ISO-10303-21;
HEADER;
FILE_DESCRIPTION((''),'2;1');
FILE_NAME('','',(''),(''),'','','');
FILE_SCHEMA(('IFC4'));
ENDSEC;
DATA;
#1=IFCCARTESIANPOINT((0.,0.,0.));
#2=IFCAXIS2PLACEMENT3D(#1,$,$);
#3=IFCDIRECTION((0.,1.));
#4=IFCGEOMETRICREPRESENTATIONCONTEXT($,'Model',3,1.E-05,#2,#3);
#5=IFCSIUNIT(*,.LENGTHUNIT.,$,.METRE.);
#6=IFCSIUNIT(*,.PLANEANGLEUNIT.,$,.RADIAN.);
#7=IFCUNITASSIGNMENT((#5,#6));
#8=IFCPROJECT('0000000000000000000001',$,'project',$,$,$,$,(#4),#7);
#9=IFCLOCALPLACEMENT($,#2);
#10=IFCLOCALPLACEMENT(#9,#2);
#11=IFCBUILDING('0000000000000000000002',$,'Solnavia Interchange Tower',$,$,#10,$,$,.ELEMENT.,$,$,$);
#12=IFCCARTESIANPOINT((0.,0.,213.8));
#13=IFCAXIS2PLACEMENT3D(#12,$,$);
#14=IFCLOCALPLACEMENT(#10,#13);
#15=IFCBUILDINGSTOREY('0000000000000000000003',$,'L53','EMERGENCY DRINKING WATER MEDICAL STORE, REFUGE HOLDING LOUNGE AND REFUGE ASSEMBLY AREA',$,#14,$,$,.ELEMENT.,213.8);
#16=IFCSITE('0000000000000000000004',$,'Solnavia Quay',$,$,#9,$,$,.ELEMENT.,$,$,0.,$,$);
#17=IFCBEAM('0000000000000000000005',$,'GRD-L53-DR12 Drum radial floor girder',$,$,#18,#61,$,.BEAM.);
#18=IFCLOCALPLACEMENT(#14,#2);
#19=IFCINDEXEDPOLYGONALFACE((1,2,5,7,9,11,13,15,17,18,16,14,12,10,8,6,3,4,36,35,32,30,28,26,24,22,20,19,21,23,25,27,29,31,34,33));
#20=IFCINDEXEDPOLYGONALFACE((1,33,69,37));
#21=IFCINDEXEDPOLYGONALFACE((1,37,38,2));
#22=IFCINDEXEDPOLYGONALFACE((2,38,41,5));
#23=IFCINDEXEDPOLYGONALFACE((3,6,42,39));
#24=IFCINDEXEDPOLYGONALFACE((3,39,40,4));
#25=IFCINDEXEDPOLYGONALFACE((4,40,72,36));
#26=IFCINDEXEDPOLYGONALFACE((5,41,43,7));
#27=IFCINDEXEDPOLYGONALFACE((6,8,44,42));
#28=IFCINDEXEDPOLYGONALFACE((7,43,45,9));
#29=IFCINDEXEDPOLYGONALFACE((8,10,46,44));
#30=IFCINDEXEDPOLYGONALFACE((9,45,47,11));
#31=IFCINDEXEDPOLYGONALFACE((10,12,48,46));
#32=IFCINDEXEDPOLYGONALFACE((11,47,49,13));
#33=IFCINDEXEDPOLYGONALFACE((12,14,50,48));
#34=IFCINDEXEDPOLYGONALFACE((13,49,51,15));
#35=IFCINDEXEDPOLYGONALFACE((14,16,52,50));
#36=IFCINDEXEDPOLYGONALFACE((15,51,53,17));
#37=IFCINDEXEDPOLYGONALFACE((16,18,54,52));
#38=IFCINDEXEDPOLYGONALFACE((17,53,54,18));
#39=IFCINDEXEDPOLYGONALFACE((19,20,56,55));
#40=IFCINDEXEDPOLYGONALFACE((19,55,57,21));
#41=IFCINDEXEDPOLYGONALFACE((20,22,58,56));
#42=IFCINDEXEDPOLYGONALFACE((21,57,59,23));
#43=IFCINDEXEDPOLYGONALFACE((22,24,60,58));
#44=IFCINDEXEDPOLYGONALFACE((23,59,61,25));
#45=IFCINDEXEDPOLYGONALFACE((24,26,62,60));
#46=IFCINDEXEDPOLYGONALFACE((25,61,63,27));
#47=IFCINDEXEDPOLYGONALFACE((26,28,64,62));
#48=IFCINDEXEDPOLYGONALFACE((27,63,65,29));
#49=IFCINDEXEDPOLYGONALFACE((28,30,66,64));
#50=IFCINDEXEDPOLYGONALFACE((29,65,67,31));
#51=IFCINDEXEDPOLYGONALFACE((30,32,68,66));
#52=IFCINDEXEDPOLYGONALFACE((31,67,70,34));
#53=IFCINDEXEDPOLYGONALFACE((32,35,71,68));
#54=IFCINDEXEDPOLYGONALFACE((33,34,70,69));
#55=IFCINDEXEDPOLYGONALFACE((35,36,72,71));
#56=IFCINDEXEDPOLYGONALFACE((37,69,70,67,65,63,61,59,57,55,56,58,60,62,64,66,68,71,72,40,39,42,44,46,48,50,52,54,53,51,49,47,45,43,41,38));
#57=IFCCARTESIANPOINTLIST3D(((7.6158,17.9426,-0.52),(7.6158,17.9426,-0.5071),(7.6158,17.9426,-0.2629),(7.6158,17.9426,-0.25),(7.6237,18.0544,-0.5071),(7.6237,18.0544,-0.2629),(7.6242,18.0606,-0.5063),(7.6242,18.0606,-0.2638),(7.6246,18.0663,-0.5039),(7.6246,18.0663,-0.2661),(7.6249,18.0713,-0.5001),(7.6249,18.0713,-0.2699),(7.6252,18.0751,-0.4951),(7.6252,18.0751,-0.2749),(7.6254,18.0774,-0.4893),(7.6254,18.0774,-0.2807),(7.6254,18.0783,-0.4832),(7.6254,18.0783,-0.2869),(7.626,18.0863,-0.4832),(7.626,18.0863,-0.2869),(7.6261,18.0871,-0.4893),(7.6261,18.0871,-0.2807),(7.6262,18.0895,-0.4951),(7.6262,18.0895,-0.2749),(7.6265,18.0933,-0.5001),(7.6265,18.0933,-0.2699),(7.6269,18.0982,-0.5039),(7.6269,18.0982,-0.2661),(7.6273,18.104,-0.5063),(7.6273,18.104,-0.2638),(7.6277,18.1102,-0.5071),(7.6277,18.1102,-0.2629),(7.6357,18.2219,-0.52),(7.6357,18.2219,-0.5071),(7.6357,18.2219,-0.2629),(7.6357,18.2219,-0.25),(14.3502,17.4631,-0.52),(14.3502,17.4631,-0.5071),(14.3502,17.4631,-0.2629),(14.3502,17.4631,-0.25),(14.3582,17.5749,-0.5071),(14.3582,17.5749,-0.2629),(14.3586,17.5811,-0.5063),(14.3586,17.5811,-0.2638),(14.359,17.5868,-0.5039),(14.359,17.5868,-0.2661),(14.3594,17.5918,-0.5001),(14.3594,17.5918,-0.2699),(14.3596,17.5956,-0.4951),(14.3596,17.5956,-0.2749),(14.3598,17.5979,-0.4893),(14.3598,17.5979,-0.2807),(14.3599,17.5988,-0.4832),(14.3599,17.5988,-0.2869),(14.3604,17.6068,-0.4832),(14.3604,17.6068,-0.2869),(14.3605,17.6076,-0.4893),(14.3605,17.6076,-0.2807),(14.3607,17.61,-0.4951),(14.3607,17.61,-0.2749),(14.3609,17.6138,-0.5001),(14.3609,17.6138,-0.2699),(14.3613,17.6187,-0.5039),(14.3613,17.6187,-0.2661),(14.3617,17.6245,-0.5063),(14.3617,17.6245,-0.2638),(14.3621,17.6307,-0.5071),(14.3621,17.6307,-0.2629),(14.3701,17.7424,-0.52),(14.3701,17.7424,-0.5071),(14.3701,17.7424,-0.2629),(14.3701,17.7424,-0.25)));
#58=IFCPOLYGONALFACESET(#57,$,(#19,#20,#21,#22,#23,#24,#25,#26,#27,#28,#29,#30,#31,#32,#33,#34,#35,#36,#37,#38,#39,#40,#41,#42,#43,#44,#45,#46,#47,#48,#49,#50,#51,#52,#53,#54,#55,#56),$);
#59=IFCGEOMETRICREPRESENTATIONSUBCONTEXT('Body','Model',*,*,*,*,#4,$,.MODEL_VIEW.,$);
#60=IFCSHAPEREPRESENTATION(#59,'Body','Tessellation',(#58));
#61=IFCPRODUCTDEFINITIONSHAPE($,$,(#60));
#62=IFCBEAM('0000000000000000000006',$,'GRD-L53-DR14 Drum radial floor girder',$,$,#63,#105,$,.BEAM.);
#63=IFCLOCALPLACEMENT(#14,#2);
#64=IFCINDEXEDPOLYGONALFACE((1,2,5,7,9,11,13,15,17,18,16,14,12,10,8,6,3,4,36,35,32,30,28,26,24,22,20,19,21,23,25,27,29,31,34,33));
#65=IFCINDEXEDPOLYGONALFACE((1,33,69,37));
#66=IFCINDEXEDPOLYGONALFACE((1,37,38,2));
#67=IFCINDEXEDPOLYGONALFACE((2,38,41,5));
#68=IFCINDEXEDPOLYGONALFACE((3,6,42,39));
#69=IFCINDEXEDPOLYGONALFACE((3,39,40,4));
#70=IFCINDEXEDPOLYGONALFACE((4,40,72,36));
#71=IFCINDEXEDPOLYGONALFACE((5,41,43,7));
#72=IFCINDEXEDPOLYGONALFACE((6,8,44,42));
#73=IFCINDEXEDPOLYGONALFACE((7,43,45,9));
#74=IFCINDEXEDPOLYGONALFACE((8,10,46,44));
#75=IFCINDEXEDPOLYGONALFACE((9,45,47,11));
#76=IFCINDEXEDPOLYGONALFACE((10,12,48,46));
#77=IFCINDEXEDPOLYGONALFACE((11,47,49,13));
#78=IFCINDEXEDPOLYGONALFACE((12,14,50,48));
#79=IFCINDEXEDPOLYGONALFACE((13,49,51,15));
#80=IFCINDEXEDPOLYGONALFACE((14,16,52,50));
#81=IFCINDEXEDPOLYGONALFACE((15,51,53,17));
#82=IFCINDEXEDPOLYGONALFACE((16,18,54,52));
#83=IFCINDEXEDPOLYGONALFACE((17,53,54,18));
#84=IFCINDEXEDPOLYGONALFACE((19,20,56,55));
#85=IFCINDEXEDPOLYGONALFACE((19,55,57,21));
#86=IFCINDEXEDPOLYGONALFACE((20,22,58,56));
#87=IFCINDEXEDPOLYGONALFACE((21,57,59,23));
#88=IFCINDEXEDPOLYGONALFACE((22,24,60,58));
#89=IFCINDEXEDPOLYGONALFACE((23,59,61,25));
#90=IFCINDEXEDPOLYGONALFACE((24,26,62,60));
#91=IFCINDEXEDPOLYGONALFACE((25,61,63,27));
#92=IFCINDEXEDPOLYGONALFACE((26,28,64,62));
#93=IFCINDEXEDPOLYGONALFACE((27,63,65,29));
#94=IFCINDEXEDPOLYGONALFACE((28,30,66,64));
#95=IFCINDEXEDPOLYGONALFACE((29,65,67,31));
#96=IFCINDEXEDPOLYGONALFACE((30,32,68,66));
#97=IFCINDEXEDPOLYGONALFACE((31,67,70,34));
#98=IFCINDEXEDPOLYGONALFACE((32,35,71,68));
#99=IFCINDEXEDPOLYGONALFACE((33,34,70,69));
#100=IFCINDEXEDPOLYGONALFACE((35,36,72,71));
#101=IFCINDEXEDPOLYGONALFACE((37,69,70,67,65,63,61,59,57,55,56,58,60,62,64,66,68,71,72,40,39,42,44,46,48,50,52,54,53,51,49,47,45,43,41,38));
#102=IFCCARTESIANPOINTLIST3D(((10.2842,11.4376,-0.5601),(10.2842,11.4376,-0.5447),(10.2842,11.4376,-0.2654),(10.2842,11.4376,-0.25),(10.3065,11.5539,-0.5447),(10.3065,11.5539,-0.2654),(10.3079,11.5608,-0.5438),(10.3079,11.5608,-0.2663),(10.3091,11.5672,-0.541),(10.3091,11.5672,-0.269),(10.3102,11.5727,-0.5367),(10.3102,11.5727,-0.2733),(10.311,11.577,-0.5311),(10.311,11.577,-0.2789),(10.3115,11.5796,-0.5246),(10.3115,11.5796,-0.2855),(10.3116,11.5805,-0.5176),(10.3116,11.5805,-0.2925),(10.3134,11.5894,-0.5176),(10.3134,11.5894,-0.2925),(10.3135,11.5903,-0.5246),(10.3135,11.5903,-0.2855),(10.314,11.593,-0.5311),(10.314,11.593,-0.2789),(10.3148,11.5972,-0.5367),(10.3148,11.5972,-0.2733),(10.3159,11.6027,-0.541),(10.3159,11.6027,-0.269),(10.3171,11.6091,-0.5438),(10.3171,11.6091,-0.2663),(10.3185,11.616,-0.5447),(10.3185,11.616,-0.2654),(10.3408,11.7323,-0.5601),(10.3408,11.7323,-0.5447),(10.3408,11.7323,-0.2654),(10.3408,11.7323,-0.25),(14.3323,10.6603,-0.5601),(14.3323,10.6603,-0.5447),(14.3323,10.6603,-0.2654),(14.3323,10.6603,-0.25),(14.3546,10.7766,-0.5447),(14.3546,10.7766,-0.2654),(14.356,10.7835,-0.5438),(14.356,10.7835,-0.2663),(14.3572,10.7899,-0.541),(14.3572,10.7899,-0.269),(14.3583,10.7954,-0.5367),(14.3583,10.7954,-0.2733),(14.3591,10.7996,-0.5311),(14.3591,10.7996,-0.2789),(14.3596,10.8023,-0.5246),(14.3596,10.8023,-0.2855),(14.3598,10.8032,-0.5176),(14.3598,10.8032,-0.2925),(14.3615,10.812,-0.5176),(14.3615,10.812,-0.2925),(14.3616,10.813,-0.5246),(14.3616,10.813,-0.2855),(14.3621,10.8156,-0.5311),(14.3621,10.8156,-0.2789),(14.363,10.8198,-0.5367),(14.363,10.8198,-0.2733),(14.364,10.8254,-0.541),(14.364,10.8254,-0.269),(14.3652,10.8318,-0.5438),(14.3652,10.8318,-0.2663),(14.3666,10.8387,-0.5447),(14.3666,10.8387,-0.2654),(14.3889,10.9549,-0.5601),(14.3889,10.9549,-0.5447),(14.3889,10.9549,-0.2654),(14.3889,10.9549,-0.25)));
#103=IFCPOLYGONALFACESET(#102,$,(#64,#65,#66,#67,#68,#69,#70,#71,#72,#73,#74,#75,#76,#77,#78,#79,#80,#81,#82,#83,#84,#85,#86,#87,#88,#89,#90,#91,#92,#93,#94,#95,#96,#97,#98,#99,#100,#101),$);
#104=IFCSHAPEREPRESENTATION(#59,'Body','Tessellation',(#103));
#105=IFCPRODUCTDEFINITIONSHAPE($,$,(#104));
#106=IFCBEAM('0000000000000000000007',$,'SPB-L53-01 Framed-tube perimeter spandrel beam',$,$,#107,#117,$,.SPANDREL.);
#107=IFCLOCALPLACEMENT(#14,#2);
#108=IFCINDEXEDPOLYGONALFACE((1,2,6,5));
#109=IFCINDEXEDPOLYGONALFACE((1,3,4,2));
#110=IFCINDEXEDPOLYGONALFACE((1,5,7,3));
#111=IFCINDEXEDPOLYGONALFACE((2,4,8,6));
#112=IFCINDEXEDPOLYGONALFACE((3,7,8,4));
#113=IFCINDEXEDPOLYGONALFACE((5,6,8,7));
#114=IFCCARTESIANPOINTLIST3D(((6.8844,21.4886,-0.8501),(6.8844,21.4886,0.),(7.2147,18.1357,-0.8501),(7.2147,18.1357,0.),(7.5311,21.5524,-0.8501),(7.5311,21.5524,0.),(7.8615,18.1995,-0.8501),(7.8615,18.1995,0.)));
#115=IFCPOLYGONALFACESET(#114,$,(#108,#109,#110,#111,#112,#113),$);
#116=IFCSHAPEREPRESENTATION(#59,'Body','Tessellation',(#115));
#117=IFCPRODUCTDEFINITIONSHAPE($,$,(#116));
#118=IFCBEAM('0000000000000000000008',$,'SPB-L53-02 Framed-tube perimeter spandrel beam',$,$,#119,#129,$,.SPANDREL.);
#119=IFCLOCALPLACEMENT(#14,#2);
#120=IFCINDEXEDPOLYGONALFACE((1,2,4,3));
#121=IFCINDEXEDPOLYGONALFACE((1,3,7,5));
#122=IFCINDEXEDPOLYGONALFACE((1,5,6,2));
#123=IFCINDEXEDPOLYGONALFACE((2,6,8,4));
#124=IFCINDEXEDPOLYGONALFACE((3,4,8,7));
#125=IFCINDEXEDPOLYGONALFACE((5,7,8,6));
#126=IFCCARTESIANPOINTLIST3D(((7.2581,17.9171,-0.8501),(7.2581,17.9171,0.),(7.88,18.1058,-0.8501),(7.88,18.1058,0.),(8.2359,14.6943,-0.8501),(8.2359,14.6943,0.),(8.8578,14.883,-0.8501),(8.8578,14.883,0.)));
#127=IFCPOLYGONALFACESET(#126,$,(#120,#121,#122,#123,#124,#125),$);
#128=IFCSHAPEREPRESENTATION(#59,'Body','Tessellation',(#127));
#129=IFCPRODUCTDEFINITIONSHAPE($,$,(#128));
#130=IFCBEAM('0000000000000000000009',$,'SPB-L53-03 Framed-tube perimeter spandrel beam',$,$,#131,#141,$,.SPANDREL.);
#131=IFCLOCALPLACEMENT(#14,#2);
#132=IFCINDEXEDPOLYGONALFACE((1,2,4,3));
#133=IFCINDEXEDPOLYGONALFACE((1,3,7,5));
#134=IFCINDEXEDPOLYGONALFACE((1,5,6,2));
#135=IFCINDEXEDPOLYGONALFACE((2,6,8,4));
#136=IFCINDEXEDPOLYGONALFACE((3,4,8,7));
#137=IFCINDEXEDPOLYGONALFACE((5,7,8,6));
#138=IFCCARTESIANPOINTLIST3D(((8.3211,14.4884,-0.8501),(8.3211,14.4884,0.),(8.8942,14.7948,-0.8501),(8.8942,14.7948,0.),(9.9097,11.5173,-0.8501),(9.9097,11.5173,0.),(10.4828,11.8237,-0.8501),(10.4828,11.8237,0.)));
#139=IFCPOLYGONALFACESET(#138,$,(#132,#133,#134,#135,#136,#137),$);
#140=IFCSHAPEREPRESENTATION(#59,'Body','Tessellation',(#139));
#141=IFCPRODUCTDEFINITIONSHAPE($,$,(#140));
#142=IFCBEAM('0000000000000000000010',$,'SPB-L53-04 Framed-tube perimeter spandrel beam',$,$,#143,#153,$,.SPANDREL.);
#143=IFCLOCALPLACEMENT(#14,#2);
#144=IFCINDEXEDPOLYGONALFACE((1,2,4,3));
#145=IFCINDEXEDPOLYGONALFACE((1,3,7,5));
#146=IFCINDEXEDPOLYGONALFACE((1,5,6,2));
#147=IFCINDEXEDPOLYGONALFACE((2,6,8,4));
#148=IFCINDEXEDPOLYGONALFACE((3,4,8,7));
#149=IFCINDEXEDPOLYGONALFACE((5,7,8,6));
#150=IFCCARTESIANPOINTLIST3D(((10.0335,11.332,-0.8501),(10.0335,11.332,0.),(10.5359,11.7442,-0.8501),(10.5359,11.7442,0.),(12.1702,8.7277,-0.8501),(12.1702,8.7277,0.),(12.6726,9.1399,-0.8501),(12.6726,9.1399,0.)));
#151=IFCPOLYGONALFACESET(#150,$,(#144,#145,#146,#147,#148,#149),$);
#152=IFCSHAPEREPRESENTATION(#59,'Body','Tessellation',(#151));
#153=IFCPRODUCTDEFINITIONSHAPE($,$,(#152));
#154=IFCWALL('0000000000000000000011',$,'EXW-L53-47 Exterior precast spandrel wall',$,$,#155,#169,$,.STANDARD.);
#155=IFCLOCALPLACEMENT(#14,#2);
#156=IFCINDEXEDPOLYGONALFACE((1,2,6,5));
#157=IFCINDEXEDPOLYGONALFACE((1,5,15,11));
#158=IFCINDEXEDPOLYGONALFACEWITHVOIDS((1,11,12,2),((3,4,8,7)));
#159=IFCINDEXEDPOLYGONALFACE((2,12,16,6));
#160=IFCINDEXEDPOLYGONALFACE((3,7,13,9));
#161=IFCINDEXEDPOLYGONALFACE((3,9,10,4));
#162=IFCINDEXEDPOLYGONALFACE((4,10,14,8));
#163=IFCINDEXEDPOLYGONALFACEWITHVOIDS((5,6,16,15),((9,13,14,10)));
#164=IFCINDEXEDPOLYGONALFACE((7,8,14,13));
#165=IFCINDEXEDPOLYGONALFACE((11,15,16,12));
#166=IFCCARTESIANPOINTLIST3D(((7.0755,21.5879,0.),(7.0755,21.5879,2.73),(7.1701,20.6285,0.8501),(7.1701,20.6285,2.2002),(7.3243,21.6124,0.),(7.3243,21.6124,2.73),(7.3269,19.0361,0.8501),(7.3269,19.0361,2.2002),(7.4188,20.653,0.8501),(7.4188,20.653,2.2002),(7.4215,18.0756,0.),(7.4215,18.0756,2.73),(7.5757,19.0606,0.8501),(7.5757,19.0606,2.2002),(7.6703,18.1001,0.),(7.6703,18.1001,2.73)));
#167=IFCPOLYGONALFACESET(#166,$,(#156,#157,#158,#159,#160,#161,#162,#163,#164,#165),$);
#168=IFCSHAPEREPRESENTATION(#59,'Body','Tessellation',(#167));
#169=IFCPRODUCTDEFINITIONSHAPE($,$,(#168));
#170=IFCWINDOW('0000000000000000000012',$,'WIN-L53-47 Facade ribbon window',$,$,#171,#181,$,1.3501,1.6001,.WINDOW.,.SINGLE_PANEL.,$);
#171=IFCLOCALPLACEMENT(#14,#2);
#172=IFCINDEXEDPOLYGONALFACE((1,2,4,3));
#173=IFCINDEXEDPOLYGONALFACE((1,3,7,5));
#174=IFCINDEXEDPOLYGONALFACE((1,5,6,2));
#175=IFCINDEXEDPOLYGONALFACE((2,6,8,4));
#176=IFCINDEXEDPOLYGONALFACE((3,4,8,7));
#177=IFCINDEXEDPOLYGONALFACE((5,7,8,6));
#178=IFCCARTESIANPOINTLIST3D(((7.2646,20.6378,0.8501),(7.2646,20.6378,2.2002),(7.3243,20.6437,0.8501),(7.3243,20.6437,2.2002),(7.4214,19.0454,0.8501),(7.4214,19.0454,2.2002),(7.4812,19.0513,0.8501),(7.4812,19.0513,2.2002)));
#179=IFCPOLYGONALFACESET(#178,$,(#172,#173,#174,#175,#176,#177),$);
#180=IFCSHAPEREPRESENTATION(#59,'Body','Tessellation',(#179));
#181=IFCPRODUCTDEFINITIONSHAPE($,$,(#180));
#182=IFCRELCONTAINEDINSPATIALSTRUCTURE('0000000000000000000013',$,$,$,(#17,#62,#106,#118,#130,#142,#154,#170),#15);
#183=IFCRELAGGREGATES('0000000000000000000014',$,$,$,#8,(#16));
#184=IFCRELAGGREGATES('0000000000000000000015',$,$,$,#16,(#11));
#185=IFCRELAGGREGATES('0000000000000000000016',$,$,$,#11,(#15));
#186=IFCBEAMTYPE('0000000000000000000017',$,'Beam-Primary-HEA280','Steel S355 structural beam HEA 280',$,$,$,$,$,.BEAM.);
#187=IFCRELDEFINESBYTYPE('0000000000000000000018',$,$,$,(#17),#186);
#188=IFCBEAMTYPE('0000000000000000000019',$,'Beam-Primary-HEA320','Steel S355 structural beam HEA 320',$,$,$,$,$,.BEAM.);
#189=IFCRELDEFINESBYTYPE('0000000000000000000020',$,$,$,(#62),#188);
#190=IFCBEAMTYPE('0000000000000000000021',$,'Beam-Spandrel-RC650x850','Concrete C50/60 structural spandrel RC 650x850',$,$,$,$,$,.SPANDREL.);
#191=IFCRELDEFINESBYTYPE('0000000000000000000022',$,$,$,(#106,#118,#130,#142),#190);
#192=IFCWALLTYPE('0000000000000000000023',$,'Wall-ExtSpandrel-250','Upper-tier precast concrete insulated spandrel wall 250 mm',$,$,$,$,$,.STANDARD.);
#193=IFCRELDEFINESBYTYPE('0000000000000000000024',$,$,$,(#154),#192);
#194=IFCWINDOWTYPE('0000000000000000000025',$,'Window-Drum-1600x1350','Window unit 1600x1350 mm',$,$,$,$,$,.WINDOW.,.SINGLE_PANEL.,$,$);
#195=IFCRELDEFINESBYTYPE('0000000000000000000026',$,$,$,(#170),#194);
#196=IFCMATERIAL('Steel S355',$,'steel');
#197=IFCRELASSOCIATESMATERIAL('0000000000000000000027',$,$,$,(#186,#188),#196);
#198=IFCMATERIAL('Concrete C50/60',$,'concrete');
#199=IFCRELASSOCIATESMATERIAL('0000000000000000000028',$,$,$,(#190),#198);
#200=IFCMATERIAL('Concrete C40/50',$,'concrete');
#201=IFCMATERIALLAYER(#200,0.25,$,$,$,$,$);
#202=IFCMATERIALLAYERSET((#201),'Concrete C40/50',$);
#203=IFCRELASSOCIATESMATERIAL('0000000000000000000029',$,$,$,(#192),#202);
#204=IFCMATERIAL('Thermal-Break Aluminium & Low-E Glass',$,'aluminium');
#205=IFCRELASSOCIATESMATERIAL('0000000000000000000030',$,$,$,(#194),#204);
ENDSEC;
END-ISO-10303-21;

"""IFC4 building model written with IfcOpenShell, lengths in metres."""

from ifc_helpers import new_model, si_unit, direction, frame, frame_2d, origin, origin_2d, place, context, subcontext, project, spatial, rectangle, i_section, extrude, material, layer, layer_set, material_profile, profile_set, type_object, element, fill, save


model = new_model("IFC4")

# Units and contexts
model_context = context("Model", 3, precision=1e-05, world=origin(), true_north=direction((0.0, 1.0)))
body_context = subcontext(model_context, "Body", "Model", "MODEL_VIEW")
ifc_project = project(units=[si_unit("LENGTHUNIT", "METRE"), si_unit("PLANEANGLEUNIT", "RADIAN")], contexts=[model_context])

# Site, building, storey
site_placement = place(None, origin())
site = spatial("IfcSite", under=ifc_project, at=site_placement, Name="Solnavia Quay", CompositionType="ELEMENT", RefElevation=0.0)
building_placement = place(site_placement, origin())
building = spatial("IfcBuilding", under=site, at=building_placement, Name="Solnavia Interchange Tower", CompositionType="ELEMENT")
storey_placement = place(building_placement, frame((0.0, 0.0, 213.8)))
storey = spatial("IfcBuildingStorey", under=building, at=storey_placement, Name="L53", Description="EMERGENCY DRINKING WATER MEDICAL STORE, REFUGE HOLDING LOUNGE AND REFUGE ASSEMBLY AREA", CompositionType="ELEMENT", Elevation=213.8)

# Shared definitions
ifc_material_1 = material(Name="Concrete C50/60", Category="concrete")

# Beams
ifc_material_2 = material(Name="Steel S355", Category="steel")
ifc_material_profile_1 = material_profile(ifc_material_2, i_section(OverallWidth=0.28, OverallDepth=0.27, WebThickness=0.0081, FlangeThickness=0.0129, FilletRadius=0.0239, at=origin_2d()), Name="HEA 280")
ifc_profile_set_1 = profile_set([ifc_material_profile_1], Name="Steel S355")
beam_type_1 = type_object("IfcBeamType", Name="Beam-Primary-HEA280", Description="Steel S355 structural beam HEA 280", PredefinedType="BEAM", material=ifc_profile_set_1)
beam_1_placement = place(storey_placement, frame((7.6257, 18.0823, -0.385), z_axis=(0.997475, -0.071021, 0.0), x_axis=(0.071021, 0.997475, 0.0)))
element("IfcBeam", 1, at=beam_1_placement, inside=storey, type_object=beam_type_1, Name="GRD-L53-DR12 Drum radial floor girder", PredefinedType="BEAM", context=body_context, shape_type="SweptSolid", body=[
    extrude(i_section(OverallWidth=0.28, OverallDepth=0.27, WebThickness=0.0081, FlangeThickness=0.0129, FilletRadius=0.0239, at=origin_2d()), origin(), (0.0, 0.0, 1.0), 6.7515),
])
ifc_material_profile_2 = material_profile(ifc_material_2, i_section(OverallWidth=0.3, OverallDepth=0.3101, WebThickness=0.009, FlangeThickness=0.0154, FilletRadius=0.0271, at=origin_2d()), Name="HEA 320")
ifc_profile_set_2 = profile_set([ifc_material_profile_2], Name="Steel S355")
beam_type_2 = type_object("IfcBeamType", Name="Beam-Primary-HEA320", Description="Steel S355 structural beam HEA 320", PredefinedType="BEAM", material=ifc_profile_set_2)
beam_2_placement = place(storey_placement, frame((10.3125, 11.585, -0.405), z_axis=(0.982058, -0.188582, 0.0), x_axis=(0.188582, 0.982058, 0.0)))
element("IfcBeam", 2, at=beam_2_placement, inside=storey, type_object=beam_type_2, Name="GRD-L53-DR14 Drum radial floor girder", PredefinedType="BEAM", context=body_context, shape_type="SweptSolid", body=[
    extrude(i_section(OverallWidth=0.3, OverallDepth=0.3101, WebThickness=0.009, FlangeThickness=0.0154, FilletRadius=0.0271, at=origin_2d()), origin(), (0.0, 0.0, 1.0), 4.1221),
])
ifc_material_profile_3 = material_profile(ifc_material_1, rectangle(XDim=0.6499, YDim=0.8501, at=origin_2d()), Name="RC 650x850")
ifc_profile_set_3 = profile_set([ifc_material_profile_3], Name="Concrete C50/60")
beam_type_3 = type_object("IfcBeamType", Name="Beam-Spandrel-RC650x850", Description="Concrete C50/60 structural spandrel RC 650x850", PredefinedType="SPANDREL", material=ifc_profile_set_3)
beam_3_placement = place(storey_placement, frame((7.2078, 21.5205, -0.425), z_axis=(0.09804, -0.995182, 0.0), x_axis=(0.995182, 0.09804, 0.0)))
element("IfcBeam", 3, at=beam_3_placement, inside=storey, type_object=beam_type_3, Name="SPB-L53-01 Framed-tube perimeter spandrel beam", PredefinedType="SPANDREL", context=body_context, shape_type="SweptSolid", body=[
    extrude(rectangle(XDim=0.6499, YDim=0.8501, at=origin_2d()), origin(), (0.0, 0.0, 1.0), 3.3691),
])
beam_4_placement = place(storey_placement, frame((7.5691, 18.0115, -0.425), z_axis=(0.290319, -0.95693, 0.0), x_axis=(0.95693, 0.290319, 0.0)))
element("IfcBeam", 4, at=beam_4_placement, inside=storey, type_object=beam_type_3, Name="SPB-L53-02 Framed-tube perimeter spandrel beam", PredefinedType="SPANDREL", context=body_context, shape_type="SweptSolid", body=[
    extrude(rectangle(XDim=0.6499, YDim=0.8501, at=origin_2d()), origin(), (0.0, 0.0, 1.0), 3.3679),
])
beam_5_placement = place(storey_placement, frame((8.6077, 14.6416, -0.425), z_axis=(0.471509, -0.881861, 0.0), x_axis=(0.881861, 0.471509, 0.0)))
element("IfcBeam", 5, at=beam_5_placement, inside=storey, type_object=beam_type_3, Name="SPB-L53-03 Framed-tube perimeter spandrel beam", PredefinedType="SPANDREL", context=body_context, shape_type="SweptSolid", body=[
    extrude(rectangle(XDim=0.6499, YDim=0.8501, at=origin_2d()), origin(), (0.0, 0.0, 1.0), 3.3691),
])
beam_6_placement = place(storey_placement, frame((10.2847, 11.5381, -0.425), z_axis=(0.634299, -0.773088, 0.0), x_axis=(0.773088, 0.634299, 0.0)))
element("IfcBeam", 6, at=beam_6_placement, inside=storey, type_object=beam_type_3, Name="SPB-L53-04 Framed-tube perimeter spandrel beam", PredefinedType="SPANDREL", context=body_context, shape_type="SweptSolid", body=[
    extrude(rectangle(XDim=0.6499, YDim=0.8501, at=origin_2d()), origin(), (0.0, 0.0, 1.0), 3.3687),
])

# Wall, opening, window
ifc_material_3 = material(Name="Concrete C40/50", Category="concrete")
ifc_layer_1 = layer(ifc_material_3, 0.25)
ifc_layer_set_1 = layer_set([ifc_layer_1], Name="Concrete C40/50")
wall_type = type_object("IfcWallType", Name="Wall-ExtSpandrel-250", Description="Upper-tier precast concrete insulated spandrel wall 250 mm", PredefinedType="STANDARD", material=ifc_layer_set_1)
wall_1_placement = place(storey_placement, frame((7.5459, 18.0879, 0.0), z_axis=(0.0, 0.0, 1.0), x_axis=(-0.098024, 0.995184, 0.0)))
wall_1 = element("IfcWall", 7, at=wall_1_placement, inside=storey, type_object=wall_type, Name="EXW-L53-47 Exterior precast spandrel wall", PredefinedType="STANDARD", context=body_context, shape_type="SweptSolid", body=[
    extrude(rectangle(XDim=3.5293, YDim=0.25, at=frame_2d((1.7646, 0.0))), origin(), (0.0, 0.0, 1.0), 2.73),
])
opening_1_placement = place(wall_1_placement, frame((0.9651, 0.0, 0.8501)))
opening_1 = element("IfcOpeningElement", 8, at=opening_1_placement, cuts=wall_1, PredefinedType="OPENING", context=body_context, shape_type="SweptSolid", body=[
    extrude(rectangle(XDim=1.6001, YDim=1.3501, at=frame_2d((0.8, 0.675))), frame((0.0, 0.135, 0.0), z_axis=(0.0, -1.0, 0.0), x_axis=(1.0, 0.0, 0.0)), (0.0, 0.0, 1.0), 0.27),
])
ifc_material_4 = material(Name="Thermal-Break Aluminium & Low-E Glass", Category="aluminium")
window_type = type_object("IfcWindowType", Name="Window-Drum-1600x1350", Description="Window unit 1600x1350 mm", PartitioningType="SINGLE_PANEL", PredefinedType="WINDOW", material=ifc_material_4)
window_1_placement = place(opening_1_placement, origin())
window_1 = element("IfcWindow", 9, at=window_1_placement, inside=storey, type_object=window_type, Name="WIN-L53-47 Facade ribbon window", OverallHeight=1.3501, OverallWidth=1.6001, PartitioningType="SINGLE_PANEL", PredefinedType="WINDOW", context=body_context, shape_type="SweptSolid", body=[
    extrude(rectangle(XDim=1.6001, YDim=1.3501, at=frame_2d((0.8, 0.675))), frame((0.0, 0.03, 0.0), z_axis=(0.0, -1.0, 0.0), x_axis=(1.0, 0.0, 0.0)), (0.0, 0.0, 1.0), 0.0601),
])
fill(opening_1, window_1)

save(model, "model.ifc")
